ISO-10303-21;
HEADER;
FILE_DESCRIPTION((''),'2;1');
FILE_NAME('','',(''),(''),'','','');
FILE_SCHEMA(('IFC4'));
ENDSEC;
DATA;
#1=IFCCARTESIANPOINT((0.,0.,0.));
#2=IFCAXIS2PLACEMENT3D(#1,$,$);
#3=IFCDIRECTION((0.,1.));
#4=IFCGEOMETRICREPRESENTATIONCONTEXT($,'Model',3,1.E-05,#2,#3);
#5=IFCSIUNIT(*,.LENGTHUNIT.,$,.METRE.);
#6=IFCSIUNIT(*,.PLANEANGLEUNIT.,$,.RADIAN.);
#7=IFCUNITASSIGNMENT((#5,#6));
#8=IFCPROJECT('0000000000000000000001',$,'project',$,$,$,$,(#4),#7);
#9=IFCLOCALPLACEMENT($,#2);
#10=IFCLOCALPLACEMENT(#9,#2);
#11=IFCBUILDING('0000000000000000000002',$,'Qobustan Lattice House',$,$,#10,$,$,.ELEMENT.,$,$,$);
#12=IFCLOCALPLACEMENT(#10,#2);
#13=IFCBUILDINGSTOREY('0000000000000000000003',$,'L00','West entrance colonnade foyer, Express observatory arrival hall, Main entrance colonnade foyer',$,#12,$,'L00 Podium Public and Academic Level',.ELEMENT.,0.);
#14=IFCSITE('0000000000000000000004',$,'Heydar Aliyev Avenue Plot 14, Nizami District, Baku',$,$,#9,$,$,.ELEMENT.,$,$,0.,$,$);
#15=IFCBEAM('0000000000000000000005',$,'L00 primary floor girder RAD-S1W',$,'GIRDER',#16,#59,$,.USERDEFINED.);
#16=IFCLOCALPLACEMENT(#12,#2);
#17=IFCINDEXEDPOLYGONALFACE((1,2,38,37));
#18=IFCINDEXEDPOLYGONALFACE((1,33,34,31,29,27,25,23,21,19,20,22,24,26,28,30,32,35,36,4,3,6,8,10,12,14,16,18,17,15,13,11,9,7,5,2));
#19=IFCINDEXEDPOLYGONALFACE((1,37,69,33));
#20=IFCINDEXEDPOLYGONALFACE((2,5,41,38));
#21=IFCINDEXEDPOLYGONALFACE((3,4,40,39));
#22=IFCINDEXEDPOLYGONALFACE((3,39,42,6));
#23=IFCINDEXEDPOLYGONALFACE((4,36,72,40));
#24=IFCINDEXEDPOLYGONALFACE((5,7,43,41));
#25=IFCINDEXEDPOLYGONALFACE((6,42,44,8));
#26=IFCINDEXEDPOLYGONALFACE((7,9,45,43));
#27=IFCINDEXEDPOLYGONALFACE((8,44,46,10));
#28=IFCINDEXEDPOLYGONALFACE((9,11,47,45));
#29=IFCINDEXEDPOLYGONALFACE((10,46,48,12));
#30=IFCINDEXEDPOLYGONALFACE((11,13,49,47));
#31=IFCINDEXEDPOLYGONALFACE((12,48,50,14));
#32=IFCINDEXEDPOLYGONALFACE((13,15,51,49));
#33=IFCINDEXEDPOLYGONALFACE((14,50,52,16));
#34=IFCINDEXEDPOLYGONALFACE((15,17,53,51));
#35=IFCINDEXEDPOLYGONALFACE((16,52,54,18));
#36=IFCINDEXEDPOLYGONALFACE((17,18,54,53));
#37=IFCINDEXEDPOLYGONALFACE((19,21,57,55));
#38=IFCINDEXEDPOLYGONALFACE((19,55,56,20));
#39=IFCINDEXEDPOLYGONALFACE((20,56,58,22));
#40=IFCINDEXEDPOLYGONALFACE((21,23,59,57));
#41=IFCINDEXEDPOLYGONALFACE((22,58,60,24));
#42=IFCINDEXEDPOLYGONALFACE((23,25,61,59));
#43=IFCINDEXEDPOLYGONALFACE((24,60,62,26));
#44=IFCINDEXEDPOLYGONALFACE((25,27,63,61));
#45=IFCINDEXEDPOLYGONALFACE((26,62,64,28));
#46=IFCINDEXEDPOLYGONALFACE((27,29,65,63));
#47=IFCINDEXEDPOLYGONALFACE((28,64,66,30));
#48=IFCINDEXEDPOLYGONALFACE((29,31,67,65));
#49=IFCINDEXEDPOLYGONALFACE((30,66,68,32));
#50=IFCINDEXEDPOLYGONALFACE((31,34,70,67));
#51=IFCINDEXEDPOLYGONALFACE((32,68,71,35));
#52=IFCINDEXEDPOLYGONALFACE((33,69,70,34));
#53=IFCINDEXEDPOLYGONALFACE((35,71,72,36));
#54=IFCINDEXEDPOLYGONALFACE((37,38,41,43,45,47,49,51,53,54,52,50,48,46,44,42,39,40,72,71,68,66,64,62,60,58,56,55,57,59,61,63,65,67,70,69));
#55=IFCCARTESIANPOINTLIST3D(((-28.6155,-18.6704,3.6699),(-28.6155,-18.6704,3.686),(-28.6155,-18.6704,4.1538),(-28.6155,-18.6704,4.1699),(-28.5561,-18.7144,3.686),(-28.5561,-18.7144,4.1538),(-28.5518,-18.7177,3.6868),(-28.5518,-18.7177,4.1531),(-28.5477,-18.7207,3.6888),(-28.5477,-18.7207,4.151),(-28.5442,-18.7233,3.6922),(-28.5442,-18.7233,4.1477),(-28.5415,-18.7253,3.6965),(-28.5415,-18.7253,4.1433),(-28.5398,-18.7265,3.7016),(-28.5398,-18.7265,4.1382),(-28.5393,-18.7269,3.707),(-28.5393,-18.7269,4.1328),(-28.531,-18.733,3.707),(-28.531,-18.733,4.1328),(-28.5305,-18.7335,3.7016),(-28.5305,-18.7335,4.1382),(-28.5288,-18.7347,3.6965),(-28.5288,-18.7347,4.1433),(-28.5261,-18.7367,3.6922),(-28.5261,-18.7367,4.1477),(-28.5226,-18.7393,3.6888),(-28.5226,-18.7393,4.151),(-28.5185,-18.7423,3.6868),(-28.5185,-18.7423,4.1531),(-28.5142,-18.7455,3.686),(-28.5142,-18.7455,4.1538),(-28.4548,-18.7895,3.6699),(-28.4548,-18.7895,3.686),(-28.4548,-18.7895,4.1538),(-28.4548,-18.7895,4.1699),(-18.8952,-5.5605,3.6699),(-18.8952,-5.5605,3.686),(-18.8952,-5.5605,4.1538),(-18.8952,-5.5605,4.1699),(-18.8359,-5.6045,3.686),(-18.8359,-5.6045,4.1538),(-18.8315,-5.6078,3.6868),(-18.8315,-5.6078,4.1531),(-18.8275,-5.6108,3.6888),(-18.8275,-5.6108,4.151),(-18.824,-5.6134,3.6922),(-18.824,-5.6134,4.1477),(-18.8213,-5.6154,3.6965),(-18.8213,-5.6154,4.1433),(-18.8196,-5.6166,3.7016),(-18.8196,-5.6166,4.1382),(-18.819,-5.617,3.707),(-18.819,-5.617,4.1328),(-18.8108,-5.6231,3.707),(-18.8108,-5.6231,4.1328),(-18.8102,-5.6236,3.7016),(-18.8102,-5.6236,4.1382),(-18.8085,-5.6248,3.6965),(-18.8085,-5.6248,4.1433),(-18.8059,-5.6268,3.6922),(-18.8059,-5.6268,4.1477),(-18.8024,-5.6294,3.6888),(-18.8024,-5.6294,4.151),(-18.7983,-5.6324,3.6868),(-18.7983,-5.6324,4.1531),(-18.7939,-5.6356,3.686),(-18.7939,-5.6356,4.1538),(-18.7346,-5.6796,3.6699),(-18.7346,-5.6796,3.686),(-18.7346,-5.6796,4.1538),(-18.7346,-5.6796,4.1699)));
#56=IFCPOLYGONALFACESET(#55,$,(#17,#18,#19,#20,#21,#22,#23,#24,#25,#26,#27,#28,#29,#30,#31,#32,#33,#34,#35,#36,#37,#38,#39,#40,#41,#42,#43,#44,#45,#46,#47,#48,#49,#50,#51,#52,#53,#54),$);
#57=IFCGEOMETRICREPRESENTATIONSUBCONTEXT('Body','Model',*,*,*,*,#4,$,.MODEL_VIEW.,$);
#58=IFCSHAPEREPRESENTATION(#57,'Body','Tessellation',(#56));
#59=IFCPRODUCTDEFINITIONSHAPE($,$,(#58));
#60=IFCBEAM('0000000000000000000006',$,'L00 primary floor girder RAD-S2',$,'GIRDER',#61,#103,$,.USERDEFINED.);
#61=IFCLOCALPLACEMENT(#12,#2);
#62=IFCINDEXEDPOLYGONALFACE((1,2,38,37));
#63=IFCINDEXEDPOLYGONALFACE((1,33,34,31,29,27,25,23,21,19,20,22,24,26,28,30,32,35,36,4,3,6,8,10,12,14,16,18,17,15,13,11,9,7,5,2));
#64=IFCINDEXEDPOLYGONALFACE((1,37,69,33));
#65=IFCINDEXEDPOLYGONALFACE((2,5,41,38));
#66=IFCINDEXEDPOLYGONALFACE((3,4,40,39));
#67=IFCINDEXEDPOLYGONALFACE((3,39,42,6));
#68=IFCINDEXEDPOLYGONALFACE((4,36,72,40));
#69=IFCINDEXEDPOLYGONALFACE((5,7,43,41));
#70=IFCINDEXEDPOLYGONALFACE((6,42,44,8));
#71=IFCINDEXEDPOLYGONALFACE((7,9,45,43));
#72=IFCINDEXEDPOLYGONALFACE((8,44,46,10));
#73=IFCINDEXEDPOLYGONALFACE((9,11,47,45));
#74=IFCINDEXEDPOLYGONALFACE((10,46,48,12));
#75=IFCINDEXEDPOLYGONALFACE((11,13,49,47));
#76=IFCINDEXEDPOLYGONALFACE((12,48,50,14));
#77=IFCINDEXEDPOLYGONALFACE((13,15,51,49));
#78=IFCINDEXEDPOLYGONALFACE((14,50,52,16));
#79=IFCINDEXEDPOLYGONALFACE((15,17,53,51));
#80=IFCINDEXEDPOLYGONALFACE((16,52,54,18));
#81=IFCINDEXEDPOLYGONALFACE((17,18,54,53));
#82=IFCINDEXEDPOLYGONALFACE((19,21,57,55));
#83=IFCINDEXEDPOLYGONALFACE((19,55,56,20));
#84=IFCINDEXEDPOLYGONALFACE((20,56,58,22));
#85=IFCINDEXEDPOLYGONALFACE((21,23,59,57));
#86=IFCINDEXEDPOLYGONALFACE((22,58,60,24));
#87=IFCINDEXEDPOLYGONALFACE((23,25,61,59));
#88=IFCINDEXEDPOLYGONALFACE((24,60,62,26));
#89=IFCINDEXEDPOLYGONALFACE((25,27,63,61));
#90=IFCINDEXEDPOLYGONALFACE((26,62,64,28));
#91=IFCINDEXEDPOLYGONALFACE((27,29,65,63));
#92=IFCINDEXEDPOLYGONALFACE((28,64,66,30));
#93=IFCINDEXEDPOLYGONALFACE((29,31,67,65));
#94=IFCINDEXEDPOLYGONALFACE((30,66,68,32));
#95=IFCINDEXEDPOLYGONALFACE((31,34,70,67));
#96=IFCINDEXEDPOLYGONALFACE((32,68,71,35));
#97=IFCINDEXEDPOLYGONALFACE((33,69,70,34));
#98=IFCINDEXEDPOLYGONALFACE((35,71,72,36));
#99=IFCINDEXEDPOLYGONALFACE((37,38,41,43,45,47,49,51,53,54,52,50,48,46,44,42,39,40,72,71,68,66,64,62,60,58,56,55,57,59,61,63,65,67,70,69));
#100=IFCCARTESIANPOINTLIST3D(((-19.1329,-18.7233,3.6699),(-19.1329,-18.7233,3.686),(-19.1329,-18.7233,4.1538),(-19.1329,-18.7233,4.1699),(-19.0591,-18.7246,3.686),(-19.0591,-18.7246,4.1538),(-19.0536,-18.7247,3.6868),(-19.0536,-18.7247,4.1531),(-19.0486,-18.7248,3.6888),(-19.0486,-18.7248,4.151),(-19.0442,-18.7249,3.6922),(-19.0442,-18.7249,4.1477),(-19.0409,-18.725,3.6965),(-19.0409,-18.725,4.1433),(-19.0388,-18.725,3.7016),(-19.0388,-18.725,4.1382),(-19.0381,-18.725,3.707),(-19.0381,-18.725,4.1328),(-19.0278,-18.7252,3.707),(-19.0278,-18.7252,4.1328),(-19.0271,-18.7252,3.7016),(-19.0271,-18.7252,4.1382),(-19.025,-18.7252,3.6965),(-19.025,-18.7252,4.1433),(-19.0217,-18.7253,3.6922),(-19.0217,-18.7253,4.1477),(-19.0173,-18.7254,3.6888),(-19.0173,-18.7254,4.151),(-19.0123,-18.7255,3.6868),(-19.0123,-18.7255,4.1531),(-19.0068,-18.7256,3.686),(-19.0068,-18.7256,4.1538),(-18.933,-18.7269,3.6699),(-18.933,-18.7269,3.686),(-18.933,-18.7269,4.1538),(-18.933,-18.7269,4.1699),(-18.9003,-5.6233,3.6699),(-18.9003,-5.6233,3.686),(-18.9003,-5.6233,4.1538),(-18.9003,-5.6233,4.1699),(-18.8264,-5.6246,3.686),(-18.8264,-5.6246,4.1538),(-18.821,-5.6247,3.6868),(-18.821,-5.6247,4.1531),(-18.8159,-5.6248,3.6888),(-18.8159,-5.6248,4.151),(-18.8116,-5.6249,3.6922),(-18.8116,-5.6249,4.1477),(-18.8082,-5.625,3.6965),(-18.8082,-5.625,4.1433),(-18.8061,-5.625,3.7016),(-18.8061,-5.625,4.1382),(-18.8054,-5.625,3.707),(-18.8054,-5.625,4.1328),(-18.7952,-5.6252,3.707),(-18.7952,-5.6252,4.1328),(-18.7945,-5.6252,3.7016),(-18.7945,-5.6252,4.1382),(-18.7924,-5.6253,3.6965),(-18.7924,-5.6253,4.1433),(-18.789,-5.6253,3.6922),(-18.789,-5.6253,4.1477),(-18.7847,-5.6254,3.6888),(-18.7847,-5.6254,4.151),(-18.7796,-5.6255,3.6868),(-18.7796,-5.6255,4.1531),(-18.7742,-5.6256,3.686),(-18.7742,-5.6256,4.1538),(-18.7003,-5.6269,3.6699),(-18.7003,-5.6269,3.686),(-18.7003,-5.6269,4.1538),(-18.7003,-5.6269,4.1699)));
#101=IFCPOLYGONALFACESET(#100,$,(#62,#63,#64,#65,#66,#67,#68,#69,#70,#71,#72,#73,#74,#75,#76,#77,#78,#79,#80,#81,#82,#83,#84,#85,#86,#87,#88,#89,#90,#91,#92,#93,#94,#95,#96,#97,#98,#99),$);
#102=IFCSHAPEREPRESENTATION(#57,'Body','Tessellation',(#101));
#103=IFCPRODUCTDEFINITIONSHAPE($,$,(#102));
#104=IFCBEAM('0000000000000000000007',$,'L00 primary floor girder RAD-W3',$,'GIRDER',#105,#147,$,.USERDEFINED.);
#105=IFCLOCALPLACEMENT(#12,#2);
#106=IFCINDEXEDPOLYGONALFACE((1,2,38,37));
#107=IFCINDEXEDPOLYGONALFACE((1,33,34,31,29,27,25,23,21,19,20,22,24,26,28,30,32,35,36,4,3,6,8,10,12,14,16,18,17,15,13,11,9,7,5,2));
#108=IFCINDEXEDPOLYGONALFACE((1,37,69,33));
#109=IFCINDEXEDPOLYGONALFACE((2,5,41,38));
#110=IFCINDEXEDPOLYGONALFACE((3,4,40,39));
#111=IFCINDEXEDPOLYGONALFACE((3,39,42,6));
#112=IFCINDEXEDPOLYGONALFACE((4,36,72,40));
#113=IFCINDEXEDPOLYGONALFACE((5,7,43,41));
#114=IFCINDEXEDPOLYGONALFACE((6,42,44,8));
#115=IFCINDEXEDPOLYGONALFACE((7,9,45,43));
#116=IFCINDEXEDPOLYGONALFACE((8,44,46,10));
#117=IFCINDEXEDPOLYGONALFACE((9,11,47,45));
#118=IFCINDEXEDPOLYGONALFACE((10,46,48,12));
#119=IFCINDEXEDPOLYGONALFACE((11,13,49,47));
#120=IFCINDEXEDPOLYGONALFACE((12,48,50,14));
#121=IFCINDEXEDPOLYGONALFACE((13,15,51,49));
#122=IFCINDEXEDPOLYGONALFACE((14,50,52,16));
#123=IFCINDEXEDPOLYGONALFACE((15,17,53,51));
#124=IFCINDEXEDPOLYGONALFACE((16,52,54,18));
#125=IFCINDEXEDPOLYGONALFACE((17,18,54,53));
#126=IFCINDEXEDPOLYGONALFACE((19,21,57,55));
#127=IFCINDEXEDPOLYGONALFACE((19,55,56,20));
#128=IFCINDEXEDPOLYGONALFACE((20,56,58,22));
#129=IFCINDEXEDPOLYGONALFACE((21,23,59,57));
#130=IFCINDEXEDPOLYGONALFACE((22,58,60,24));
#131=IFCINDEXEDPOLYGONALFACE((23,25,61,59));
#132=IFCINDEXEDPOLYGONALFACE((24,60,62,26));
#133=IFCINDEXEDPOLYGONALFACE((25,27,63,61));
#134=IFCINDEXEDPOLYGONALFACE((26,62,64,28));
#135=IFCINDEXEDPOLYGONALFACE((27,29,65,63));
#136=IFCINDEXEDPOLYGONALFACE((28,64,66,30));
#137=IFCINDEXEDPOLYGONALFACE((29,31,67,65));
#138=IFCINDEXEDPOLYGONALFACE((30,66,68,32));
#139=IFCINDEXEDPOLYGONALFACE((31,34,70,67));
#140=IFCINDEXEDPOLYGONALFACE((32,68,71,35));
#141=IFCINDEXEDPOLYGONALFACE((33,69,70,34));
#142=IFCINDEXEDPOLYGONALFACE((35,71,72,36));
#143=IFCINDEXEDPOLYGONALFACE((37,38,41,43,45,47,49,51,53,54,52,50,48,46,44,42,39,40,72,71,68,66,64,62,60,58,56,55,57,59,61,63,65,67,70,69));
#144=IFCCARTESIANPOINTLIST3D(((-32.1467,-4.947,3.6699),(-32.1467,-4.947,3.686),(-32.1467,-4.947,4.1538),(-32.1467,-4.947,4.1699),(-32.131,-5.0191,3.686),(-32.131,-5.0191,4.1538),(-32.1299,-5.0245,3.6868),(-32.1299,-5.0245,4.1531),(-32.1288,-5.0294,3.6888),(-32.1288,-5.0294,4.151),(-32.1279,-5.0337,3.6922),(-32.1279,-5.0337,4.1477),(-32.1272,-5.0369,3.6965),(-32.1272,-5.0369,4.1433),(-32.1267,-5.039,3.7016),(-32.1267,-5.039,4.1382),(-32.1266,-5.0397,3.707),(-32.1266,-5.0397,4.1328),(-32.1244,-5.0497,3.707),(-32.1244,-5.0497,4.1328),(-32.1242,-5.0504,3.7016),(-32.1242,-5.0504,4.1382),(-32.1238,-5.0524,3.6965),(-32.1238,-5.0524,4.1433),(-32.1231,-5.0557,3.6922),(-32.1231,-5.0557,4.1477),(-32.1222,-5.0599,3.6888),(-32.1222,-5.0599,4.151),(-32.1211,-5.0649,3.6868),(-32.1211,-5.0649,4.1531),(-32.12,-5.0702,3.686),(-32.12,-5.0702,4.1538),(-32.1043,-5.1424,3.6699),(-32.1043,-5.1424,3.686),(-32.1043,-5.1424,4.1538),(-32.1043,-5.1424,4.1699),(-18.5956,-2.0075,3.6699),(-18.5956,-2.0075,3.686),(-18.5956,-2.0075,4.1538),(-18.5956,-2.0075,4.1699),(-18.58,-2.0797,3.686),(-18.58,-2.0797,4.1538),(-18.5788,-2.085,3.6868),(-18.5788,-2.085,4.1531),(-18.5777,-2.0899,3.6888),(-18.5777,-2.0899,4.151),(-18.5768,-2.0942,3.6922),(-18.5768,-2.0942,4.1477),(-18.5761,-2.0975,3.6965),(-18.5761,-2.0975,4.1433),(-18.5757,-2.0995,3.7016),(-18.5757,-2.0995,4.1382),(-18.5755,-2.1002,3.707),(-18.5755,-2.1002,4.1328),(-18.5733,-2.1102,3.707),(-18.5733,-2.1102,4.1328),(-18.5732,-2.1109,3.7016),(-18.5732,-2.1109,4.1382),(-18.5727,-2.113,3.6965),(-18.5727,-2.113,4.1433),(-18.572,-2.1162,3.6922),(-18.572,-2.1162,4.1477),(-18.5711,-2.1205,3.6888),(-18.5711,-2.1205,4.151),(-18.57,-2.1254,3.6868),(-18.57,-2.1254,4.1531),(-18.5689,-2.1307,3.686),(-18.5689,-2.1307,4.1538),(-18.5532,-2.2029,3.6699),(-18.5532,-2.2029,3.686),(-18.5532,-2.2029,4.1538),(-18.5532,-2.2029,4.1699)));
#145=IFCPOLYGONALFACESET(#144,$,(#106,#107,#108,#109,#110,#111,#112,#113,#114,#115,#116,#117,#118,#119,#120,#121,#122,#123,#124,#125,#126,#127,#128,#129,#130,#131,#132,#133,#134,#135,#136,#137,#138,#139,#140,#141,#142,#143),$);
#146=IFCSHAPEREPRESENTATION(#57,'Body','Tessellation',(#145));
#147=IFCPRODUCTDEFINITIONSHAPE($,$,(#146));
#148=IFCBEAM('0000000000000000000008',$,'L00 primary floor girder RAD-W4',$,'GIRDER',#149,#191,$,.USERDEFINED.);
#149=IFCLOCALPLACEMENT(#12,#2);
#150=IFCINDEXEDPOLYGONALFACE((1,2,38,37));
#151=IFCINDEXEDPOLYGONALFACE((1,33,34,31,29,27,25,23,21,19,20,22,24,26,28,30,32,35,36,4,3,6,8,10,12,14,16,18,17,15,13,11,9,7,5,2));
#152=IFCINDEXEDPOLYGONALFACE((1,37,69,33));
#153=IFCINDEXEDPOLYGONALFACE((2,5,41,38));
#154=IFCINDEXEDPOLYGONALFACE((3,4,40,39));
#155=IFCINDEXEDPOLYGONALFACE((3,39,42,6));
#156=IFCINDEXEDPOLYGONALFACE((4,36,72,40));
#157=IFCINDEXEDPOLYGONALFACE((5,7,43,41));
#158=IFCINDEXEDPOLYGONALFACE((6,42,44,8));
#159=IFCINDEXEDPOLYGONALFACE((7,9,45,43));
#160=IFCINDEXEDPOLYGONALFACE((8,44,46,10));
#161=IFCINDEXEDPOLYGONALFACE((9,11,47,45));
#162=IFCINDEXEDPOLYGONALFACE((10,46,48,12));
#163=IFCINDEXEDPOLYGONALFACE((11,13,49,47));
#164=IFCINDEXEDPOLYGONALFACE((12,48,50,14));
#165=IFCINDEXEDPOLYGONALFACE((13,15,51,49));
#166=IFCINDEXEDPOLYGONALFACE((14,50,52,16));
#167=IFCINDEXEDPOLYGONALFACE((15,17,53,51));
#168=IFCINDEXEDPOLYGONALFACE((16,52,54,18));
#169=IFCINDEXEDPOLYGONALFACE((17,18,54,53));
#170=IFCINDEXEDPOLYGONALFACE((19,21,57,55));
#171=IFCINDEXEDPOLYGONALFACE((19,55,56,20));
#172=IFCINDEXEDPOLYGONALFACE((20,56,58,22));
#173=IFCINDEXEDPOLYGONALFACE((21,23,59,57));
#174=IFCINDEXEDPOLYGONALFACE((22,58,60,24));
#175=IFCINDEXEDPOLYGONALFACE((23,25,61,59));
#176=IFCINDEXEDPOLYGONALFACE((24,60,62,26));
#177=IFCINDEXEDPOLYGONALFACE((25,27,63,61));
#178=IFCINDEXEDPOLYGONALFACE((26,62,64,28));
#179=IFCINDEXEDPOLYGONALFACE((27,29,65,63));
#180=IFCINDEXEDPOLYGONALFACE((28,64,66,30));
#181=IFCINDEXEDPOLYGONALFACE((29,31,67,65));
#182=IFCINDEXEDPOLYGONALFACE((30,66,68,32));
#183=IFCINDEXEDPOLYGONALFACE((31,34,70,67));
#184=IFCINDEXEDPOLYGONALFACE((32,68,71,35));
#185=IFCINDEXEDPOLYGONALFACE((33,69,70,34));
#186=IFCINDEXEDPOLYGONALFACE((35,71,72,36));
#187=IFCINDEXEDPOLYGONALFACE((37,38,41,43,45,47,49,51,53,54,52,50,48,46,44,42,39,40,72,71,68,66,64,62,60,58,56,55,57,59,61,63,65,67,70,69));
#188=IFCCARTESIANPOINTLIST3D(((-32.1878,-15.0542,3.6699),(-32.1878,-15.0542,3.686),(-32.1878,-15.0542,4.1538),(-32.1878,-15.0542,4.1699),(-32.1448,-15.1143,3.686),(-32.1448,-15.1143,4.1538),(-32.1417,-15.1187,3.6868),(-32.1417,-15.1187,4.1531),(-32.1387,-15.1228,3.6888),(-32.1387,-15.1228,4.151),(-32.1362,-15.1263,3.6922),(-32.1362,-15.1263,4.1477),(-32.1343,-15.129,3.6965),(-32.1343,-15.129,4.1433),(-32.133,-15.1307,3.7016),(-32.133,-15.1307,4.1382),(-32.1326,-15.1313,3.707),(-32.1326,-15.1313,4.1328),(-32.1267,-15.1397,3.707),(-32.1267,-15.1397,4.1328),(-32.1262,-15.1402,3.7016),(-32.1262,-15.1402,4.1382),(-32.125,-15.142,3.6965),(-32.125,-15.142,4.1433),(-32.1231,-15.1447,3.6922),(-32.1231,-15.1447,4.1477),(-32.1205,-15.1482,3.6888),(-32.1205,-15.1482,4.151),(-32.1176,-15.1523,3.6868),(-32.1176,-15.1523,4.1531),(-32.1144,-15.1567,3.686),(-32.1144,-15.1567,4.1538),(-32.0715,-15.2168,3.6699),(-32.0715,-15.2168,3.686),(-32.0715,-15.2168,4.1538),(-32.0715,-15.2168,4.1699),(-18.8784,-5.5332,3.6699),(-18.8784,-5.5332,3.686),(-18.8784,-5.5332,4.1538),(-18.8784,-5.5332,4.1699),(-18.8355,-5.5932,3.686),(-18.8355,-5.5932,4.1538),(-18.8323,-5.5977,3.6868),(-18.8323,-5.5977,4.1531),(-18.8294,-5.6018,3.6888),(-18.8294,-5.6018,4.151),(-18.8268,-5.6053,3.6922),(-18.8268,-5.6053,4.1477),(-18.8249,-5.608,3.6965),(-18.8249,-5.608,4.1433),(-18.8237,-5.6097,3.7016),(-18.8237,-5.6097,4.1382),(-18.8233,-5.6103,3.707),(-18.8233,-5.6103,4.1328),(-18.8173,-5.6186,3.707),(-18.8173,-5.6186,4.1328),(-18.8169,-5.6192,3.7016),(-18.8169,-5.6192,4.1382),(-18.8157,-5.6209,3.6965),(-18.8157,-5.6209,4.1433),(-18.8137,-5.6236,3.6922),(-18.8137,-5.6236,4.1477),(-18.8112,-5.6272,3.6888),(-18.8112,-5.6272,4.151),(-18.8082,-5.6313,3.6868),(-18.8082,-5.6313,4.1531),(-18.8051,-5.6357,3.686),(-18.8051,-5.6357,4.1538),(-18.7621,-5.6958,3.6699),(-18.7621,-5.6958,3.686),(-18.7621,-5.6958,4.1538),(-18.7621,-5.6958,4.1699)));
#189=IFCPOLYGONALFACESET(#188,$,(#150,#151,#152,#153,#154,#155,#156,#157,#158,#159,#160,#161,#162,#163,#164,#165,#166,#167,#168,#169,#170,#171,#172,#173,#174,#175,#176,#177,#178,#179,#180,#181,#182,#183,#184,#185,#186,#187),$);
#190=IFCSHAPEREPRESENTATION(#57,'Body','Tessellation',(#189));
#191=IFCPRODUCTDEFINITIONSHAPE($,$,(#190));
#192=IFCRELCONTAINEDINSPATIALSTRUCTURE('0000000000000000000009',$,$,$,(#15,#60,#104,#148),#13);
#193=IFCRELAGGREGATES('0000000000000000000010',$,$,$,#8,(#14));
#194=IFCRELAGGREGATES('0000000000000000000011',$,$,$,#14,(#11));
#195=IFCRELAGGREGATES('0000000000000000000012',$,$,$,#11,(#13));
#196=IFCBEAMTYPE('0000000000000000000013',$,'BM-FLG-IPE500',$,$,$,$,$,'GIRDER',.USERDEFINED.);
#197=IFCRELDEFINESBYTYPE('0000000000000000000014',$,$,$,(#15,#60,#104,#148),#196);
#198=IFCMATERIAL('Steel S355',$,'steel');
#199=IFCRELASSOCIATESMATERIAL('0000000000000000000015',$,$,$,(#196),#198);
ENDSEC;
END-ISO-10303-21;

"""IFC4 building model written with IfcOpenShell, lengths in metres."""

from ifc_helpers import new_model, si_unit, direction, frame, origin, origin_2d, place, context, subcontext, project, spatial, i_section, extrude, material, material_profile, profile_set, type_object, element, save


model = new_model("IFC4")

# Units and contexts
model_context = context("Model", 3, precision=1e-05, world=origin(), true_north=direction((0.0, 1.0)))
body_context = subcontext(model_context, "Body", "Model", "MODEL_VIEW")
ifc_project = project(units=[si_unit("LENGTHUNIT", "METRE"), si_unit("PLANEANGLEUNIT", "RADIAN")], contexts=[model_context])

# Site, building, storey
site_placement = place(None, origin())
site = spatial("IfcSite", under=ifc_project, at=site_placement, Name="Heydar Aliyev Avenue Plot 14, Nizami District, Baku", CompositionType="ELEMENT", RefElevation=0.0)
building_placement = place(site_placement, origin())
building = spatial("IfcBuilding", under=site, at=building_placement, Name="Qobustan Lattice House", CompositionType="ELEMENT")
storey_placement = place(building_placement, origin())
storey = spatial("IfcBuildingStorey", under=building, at=storey_placement, Name="L00", Description="West entrance colonnade foyer, Express observatory arrival hall, Main entrance colonnade foyer", LongName="L00 Podium Public and Academic Level", CompositionType="ELEMENT", Elevation=0.0)

# Beams
ifc_material_1 = material(Name="Steel S355", Category="steel")
ifc_material_profile_1 = material_profile(ifc_material_1, i_section(OverallWidth=0.2, OverallDepth=0.5, WebThickness=0.0103, FlangeThickness=0.0161, FilletRadius=0.021, at=origin_2d()), Name="IPE500")
ifc_profile_set_1 = profile_set([ifc_material_profile_1], Name="Steel S355")
beam_type_1 = type_object("IfcBeamType", Name="BM-FLG-IPE500", ElementType="GIRDER", PredefinedType="USERDEFINED", material=ifc_profile_set_1)
beam_1_placement = place(storey_placement, frame((-28.5352, -18.73, 3.9199), z_axis=(0.595592, 0.803287, 0.0), x_axis=(-0.803287, 0.595592, 0.0)))
element("IfcBeam", 1, at=beam_1_placement, inside=storey, type_object=beam_type_1, Name="L00 primary floor girder RAD-S1W", ObjectType="GIRDER", PredefinedType="USERDEFINED", context=body_context, shape_type="SweptSolid", body=[
    extrude(i_section(OverallWidth=0.2, OverallDepth=0.5, WebThickness=0.0103, FlangeThickness=0.0161, FilletRadius=0.021, at=origin_2d()), origin(), (0.0, 0.0, 1.0), 16.3203),
])
beam_2_placement = place(storey_placement, frame((-19.033, -18.7251, 3.9199), z_axis=(0.017758, 0.999842, 0.0), x_axis=(-0.999842, 0.017758, 0.0)))
element("IfcBeam", 2, at=beam_2_placement, inside=storey, type_object=beam_type_1, Name="L00 primary floor girder RAD-S2", ObjectType="GIRDER", PredefinedType="USERDEFINED", context=body_context, shape_type="SweptSolid", body=[
    extrude(i_section(OverallWidth=0.2, OverallDepth=0.5, WebThickness=0.0103, FlangeThickness=0.0161, FilletRadius=0.021, at=origin_2d()), origin(), (0.0, 0.0, 1.0), 13.1021),
])
beam_3_placement = place(storey_placement, frame((-32.1255, -5.0447, 3.9199), z_axis=(0.977272, 0.211987, 0.0), x_axis=(-0.211987, 0.977272, 0.0)))
element("IfcBeam", 3, at=beam_3_placement, inside=storey, type_object=beam_type_1, Name="L00 primary floor girder RAD-W3", ObjectType="GIRDER", PredefinedType="USERDEFINED", context=body_context, shape_type="SweptSolid", body=[
    extrude(i_section(OverallWidth=0.2, OverallDepth=0.5, WebThickness=0.0103, FlangeThickness=0.0161, FilletRadius=0.021, at=origin_2d()), origin(), (0.0, 0.0, 1.0), 13.8662),
])
beam_4_placement = place(storey_placement, frame((-32.1296, -15.1355, 3.9199), z_axis=(0.813319, 0.581818, 0.0), x_axis=(-0.581818, 0.813319, 0.0)))
element("IfcBeam", 4, at=beam_4_placement, inside=storey, type_object=beam_type_1, Name="L00 primary floor girder RAD-W4", ObjectType="GIRDER", PredefinedType="USERDEFINED", context=body_context, shape_type="SweptSolid", body=[
    extrude(i_section(OverallWidth=0.2, OverallDepth=0.5, WebThickness=0.0103, FlangeThickness=0.0161, FilletRadius=0.021, at=origin_2d()), origin(), (0.0, 0.0, 1.0), 16.3643),
])

save(model, "model.ifc")
